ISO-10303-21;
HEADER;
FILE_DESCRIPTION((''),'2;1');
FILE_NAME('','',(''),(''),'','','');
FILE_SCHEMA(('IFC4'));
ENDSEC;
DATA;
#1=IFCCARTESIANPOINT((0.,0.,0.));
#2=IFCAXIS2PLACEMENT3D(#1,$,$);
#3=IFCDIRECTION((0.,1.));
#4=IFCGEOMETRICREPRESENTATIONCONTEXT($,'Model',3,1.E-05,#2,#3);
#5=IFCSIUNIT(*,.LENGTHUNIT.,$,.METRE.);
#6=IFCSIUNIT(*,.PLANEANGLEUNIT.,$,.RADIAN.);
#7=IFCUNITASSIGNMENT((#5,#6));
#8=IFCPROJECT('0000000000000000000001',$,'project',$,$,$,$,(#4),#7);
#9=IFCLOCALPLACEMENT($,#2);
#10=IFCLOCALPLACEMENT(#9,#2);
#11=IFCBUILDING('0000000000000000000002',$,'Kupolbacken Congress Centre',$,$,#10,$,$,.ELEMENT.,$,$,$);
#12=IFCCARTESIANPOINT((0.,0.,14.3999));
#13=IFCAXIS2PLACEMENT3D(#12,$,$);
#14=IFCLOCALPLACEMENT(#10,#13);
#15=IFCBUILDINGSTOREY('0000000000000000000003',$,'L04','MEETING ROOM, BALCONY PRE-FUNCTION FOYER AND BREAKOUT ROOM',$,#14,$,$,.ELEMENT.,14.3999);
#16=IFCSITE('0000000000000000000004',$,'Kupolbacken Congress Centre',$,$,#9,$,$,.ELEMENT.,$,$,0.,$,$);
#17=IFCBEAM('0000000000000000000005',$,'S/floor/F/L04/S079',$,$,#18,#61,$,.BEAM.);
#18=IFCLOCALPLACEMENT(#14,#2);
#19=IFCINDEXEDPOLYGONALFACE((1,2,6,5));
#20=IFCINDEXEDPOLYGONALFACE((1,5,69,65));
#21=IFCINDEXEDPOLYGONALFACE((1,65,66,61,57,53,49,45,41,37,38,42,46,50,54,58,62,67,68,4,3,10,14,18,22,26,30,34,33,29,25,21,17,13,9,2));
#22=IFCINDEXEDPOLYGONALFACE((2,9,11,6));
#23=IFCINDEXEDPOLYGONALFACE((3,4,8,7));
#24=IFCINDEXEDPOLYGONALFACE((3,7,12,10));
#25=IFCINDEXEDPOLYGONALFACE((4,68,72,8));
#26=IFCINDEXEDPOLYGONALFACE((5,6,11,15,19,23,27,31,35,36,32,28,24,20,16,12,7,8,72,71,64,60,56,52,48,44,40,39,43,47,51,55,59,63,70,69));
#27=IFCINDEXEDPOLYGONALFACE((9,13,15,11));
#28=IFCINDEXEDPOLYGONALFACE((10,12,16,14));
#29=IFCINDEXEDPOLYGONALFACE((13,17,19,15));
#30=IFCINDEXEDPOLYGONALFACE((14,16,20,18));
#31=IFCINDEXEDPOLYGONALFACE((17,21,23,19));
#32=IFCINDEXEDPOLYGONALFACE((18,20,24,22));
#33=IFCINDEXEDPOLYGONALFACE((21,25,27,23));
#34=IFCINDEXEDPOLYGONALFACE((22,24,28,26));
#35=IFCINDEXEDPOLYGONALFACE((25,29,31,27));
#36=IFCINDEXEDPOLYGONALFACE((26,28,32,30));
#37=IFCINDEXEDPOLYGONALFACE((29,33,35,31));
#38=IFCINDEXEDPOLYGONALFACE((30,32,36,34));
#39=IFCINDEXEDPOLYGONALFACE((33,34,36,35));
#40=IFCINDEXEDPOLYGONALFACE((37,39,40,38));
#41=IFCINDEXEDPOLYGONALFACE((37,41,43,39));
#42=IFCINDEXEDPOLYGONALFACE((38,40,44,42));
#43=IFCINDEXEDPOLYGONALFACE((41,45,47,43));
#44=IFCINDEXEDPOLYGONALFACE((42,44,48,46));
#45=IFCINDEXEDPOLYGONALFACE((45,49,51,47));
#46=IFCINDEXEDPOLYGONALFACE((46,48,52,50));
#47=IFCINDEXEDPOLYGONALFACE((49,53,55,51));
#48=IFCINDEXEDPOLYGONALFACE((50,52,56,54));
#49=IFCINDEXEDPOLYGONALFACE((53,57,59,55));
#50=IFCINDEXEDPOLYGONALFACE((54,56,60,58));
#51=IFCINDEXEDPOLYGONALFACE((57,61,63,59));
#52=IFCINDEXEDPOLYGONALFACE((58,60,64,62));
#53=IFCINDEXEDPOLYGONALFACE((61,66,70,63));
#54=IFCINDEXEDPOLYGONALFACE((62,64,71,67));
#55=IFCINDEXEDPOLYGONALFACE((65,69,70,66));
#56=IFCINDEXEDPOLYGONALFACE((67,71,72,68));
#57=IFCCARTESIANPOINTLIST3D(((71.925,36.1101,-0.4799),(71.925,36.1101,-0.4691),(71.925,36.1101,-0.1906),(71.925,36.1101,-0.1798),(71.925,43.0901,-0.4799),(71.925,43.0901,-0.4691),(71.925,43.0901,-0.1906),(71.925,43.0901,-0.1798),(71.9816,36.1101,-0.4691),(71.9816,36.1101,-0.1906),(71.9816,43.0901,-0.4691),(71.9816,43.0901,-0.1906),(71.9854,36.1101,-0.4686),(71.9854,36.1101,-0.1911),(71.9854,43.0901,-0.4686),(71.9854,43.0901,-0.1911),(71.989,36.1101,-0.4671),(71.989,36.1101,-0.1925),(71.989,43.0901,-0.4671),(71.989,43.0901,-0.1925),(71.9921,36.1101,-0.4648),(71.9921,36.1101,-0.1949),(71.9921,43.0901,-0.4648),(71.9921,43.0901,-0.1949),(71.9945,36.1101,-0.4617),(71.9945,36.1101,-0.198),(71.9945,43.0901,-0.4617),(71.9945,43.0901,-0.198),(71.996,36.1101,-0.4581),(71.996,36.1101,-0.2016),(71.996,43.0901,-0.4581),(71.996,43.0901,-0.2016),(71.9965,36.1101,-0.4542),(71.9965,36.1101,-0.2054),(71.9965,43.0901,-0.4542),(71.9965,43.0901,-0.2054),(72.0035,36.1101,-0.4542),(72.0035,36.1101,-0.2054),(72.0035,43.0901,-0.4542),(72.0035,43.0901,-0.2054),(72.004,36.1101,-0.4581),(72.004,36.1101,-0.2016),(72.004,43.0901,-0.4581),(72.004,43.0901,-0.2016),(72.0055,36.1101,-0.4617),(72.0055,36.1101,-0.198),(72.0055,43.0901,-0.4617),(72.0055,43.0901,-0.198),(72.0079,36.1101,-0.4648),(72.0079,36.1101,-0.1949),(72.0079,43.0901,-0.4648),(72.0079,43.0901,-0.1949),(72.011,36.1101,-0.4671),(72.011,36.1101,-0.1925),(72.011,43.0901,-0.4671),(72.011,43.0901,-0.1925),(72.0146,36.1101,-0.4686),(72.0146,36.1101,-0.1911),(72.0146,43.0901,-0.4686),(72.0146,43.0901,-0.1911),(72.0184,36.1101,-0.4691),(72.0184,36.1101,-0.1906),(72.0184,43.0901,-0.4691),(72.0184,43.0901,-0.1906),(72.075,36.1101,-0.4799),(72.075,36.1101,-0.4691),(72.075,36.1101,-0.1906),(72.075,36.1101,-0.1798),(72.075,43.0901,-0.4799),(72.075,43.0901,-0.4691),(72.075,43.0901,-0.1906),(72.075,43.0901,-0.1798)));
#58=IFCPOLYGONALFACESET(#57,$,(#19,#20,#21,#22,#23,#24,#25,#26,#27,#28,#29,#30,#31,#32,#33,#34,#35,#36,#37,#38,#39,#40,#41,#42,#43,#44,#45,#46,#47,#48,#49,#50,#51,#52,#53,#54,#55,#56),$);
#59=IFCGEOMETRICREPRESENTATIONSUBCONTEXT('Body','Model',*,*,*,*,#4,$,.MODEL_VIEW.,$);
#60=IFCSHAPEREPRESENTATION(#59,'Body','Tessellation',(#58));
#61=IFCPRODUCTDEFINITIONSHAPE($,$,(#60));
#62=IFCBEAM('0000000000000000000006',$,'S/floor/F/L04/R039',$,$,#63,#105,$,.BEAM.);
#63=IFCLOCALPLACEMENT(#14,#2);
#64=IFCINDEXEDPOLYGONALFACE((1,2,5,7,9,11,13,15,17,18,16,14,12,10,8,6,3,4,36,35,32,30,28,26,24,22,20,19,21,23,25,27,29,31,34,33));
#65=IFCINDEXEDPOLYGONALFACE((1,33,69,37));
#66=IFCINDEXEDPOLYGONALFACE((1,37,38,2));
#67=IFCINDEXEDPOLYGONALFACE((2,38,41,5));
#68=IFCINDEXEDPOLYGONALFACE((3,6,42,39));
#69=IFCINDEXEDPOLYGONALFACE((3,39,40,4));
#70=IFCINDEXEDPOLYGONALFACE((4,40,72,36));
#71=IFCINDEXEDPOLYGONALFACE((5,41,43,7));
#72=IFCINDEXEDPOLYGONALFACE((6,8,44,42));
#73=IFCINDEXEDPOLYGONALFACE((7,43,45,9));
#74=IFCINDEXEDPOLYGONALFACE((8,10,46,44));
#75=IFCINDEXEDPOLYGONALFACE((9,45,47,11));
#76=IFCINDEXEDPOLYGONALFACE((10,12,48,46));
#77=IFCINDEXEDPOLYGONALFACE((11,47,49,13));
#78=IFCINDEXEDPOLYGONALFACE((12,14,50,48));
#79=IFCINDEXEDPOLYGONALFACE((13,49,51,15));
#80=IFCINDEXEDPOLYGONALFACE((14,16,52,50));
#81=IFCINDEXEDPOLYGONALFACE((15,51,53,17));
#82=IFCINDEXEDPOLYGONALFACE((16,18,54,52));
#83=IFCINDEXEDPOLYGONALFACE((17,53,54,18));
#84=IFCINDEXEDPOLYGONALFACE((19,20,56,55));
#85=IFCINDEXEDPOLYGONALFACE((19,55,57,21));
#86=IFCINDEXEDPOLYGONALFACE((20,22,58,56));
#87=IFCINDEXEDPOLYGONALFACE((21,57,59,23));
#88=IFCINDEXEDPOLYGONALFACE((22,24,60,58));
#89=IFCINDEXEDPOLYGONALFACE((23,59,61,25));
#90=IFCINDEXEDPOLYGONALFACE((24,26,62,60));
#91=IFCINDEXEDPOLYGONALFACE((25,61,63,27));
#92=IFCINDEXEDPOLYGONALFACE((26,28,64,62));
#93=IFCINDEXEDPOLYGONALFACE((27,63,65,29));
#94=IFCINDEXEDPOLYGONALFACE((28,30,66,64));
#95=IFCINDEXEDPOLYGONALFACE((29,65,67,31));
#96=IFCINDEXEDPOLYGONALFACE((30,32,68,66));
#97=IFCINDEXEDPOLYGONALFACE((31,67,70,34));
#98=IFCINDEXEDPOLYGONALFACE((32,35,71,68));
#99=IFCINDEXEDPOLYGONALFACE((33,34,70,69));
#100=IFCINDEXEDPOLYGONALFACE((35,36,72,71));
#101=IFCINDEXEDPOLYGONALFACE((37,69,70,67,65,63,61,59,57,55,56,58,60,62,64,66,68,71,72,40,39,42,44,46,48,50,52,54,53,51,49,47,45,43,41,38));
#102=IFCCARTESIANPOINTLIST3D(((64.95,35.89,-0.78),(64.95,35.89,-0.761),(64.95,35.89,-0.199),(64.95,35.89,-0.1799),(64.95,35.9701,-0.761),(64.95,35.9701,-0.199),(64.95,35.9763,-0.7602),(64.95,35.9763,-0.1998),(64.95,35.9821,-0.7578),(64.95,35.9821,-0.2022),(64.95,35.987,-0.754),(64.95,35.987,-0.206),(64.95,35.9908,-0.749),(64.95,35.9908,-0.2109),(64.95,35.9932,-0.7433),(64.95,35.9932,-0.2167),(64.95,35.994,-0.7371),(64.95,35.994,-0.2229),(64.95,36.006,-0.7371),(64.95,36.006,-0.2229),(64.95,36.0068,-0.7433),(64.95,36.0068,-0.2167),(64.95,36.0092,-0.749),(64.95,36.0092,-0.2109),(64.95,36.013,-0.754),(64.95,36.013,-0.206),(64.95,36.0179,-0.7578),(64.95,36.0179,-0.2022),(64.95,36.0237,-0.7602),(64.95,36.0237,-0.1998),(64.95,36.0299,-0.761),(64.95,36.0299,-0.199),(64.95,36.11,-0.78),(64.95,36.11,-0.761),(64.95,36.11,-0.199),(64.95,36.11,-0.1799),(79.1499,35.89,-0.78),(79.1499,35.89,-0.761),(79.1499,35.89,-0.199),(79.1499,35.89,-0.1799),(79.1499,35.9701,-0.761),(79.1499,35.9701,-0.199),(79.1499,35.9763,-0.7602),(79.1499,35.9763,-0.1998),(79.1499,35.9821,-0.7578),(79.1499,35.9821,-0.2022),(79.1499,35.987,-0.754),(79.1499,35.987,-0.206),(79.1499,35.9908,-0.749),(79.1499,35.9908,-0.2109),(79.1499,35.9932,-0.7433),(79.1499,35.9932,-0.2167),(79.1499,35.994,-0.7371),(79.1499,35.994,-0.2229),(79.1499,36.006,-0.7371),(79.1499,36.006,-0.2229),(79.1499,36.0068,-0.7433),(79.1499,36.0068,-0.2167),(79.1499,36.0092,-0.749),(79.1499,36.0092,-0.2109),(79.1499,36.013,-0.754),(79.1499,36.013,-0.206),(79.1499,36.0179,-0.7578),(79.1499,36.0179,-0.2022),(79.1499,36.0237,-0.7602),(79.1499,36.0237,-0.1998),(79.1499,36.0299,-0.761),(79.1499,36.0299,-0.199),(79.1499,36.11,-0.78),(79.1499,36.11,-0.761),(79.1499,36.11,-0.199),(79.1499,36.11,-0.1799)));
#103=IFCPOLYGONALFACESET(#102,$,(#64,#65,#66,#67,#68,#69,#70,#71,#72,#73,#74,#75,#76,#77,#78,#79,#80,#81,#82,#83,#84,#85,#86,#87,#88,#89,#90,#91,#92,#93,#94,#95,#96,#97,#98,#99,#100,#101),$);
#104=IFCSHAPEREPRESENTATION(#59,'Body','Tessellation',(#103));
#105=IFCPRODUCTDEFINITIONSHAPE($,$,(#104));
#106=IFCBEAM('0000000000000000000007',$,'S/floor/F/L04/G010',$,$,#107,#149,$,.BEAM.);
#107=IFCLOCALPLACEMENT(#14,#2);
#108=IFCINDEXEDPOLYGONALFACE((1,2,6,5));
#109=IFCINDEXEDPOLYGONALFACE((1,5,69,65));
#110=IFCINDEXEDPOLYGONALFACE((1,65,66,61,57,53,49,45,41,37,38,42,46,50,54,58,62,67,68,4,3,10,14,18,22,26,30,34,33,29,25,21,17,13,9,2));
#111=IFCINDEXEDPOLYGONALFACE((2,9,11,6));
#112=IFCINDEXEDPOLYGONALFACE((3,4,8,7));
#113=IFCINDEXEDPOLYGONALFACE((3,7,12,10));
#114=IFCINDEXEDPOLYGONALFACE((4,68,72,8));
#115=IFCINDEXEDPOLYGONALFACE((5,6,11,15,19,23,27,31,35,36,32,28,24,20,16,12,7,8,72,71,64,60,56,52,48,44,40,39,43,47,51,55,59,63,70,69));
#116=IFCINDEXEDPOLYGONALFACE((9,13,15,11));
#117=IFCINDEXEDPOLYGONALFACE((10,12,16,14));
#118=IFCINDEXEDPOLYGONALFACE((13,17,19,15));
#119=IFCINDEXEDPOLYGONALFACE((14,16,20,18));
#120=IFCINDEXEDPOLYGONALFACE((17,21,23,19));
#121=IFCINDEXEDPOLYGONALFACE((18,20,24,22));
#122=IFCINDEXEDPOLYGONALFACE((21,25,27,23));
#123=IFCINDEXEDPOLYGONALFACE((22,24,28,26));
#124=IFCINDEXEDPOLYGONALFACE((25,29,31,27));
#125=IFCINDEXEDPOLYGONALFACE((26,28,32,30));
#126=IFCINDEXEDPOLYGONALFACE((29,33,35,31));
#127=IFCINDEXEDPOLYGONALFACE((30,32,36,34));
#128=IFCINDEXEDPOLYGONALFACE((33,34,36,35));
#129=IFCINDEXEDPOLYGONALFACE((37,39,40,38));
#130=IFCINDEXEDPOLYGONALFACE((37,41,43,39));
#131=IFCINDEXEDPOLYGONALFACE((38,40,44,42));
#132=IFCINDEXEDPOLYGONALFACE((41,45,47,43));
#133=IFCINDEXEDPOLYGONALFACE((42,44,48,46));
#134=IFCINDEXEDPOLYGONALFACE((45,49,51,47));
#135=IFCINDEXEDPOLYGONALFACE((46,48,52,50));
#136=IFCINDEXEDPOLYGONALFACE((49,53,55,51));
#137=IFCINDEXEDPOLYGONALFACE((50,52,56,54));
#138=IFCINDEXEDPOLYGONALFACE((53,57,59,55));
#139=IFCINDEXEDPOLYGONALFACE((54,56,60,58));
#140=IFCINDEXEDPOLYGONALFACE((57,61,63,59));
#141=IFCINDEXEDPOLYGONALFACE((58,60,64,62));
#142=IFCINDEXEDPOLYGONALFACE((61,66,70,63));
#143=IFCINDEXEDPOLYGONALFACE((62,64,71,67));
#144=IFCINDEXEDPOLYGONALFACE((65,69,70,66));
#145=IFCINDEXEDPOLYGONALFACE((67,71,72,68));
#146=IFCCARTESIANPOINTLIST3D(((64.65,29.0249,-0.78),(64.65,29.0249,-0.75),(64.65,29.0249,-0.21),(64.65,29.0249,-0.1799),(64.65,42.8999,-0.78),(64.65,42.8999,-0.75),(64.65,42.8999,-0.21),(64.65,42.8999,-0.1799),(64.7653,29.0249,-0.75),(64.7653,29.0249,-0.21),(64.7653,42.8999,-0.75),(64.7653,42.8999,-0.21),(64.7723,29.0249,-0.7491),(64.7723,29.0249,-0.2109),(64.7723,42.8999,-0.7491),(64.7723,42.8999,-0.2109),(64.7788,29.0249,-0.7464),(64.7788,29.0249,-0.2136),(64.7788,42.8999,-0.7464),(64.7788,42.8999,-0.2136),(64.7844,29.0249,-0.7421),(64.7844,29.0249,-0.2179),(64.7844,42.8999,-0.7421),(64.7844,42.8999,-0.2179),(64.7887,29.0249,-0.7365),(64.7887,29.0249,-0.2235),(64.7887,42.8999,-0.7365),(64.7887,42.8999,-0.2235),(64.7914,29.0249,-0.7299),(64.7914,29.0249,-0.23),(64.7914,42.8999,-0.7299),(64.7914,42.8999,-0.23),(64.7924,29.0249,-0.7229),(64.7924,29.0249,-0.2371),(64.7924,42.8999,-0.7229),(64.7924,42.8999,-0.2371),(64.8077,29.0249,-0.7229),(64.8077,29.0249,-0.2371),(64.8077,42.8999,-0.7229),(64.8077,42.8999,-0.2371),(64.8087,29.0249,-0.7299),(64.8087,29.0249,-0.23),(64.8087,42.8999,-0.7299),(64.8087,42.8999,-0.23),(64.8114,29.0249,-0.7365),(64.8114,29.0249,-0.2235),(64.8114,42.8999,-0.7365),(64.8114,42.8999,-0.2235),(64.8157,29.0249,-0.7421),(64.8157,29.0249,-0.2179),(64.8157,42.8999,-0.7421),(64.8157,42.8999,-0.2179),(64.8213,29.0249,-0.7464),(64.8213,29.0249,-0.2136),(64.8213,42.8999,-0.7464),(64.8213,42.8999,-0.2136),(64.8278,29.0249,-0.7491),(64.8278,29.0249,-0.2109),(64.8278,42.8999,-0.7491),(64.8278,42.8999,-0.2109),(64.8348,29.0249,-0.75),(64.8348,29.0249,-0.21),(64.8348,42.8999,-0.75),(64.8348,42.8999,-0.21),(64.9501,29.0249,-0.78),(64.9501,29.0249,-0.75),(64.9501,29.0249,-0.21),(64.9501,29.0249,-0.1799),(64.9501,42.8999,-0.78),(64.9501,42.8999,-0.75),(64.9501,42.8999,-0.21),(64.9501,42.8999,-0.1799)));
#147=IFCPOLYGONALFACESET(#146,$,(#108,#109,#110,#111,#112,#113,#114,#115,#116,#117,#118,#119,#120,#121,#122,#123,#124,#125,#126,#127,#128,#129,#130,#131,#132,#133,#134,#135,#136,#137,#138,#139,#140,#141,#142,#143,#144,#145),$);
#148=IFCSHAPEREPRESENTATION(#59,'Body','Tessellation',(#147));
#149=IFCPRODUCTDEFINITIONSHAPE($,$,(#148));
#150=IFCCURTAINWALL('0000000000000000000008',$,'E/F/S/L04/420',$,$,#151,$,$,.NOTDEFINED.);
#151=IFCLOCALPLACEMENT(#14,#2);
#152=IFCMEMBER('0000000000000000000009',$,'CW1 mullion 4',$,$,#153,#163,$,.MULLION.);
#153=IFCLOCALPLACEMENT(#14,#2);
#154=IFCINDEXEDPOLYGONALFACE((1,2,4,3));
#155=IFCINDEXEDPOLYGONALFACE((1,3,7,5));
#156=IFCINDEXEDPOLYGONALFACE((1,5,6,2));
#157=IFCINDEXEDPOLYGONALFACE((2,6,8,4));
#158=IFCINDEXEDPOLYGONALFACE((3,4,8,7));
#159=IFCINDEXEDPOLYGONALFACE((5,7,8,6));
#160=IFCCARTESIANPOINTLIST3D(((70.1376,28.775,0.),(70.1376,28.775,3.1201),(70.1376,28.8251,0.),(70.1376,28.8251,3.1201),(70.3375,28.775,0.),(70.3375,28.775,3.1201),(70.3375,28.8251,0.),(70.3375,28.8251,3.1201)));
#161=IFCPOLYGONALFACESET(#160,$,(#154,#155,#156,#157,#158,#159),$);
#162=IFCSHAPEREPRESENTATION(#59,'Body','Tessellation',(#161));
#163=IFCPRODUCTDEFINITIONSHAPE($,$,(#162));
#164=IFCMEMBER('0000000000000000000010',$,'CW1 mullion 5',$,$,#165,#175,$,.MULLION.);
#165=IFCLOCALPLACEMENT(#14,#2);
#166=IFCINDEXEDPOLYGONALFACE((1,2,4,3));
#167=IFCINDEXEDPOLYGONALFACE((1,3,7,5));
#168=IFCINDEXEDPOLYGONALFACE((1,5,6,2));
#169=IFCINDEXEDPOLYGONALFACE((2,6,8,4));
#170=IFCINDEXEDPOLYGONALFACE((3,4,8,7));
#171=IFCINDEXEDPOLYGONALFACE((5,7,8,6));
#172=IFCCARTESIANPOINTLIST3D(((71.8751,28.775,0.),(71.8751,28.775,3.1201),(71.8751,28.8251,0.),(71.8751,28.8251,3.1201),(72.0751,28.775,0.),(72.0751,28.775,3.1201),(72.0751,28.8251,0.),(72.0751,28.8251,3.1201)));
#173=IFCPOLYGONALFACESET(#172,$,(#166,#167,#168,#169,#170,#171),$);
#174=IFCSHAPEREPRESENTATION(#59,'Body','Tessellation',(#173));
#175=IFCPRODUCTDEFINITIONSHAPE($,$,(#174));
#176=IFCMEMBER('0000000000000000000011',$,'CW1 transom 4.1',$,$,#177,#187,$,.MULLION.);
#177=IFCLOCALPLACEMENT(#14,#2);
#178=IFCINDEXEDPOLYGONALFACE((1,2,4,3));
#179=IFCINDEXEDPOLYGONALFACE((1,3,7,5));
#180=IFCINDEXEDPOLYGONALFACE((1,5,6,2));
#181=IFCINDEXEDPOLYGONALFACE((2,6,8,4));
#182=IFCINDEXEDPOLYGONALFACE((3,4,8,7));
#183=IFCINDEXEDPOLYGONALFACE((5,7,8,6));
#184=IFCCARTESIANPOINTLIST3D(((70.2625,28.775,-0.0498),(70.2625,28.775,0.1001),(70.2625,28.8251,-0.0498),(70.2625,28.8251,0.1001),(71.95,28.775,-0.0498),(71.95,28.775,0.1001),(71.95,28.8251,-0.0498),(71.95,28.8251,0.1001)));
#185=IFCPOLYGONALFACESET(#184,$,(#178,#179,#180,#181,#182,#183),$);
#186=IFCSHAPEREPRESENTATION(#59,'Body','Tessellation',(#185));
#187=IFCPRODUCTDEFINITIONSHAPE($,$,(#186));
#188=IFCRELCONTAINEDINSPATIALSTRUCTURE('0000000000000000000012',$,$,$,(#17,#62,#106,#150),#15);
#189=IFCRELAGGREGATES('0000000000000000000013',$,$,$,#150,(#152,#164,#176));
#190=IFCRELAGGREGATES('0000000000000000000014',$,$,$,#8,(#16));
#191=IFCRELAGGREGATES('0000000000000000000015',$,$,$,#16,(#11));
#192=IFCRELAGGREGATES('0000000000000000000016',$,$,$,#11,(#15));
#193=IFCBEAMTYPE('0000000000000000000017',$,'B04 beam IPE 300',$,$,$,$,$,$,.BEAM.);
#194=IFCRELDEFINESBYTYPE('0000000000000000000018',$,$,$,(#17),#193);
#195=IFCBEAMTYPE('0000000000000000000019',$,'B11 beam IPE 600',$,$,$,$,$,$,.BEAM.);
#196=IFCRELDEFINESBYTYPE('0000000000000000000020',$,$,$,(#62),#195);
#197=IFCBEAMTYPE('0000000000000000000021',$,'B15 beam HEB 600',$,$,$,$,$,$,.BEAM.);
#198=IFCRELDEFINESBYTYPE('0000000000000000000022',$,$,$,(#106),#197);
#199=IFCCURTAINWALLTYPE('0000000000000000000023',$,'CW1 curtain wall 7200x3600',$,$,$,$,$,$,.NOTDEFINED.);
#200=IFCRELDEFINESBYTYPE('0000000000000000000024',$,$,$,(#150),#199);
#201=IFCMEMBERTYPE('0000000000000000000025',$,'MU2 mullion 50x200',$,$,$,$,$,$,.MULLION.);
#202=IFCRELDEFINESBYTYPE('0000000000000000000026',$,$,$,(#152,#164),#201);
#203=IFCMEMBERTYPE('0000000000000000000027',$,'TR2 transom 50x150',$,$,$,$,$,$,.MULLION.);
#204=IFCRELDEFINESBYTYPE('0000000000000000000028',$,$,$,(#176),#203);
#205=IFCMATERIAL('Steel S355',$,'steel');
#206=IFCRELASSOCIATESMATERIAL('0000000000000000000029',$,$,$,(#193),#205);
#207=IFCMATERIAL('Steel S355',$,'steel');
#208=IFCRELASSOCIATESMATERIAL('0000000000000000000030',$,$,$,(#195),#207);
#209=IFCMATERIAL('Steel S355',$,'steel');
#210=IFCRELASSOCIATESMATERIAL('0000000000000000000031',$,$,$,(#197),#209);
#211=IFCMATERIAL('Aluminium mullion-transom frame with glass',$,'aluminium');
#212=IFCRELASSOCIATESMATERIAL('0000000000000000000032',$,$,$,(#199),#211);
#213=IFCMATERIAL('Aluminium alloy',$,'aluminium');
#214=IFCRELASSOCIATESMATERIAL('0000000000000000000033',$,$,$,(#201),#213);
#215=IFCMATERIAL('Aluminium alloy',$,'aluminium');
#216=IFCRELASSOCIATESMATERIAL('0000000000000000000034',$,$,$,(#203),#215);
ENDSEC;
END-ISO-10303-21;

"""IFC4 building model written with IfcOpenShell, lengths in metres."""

from ifc_helpers import new_model, si_unit, direction, frame, origin, origin_2d, place, context, subcontext, project, spatial, rectangle, i_section, extrude, material, material_profile, profile_set, type_object, element, aggregate, save


model = new_model("IFC4")

# Units and contexts
model_context = context("Model", 3, precision=1e-05, world=origin(), true_north=direction((0.0, 1.0)))
body_context = subcontext(model_context, "Body", "Model", "MODEL_VIEW")
ifc_project = project(units=[si_unit("LENGTHUNIT", "METRE"), si_unit("PLANEANGLEUNIT", "RADIAN")], contexts=[model_context])

# Site, building, storey
site_placement = place(None, origin())
site = spatial("IfcSite", under=ifc_project, at=site_placement, Name="Kupolbacken Congress Centre", CompositionType="ELEMENT", RefElevation=0.0)
building_placement = place(site_placement, origin())
building = spatial("IfcBuilding", under=site, at=building_placement, Name="Kupolbacken Congress Centre", CompositionType="ELEMENT")
storey_placement = place(building_placement, frame((0.0, 0.0, 14.3999)))
storey = spatial("IfcBuildingStorey", under=building, at=storey_placement, Name="L04", Description="MEETING ROOM, BALCONY PRE-FUNCTION FOYER AND BREAKOUT ROOM", CompositionType="ELEMENT", Elevation=14.3999)

# Beams
ifc_material_1 = material(Name="Steel S355", Category="steel")
ifc_material_profile_1 = material_profile(ifc_material_1, i_section(OverallWidth=0.1499, OverallDepth=0.3, WebThickness=0.0071, FlangeThickness=0.0107, FilletRadius=0.0149, at=origin_2d()), Name="IPE 300")
ifc_profile_set_1 = profile_set([ifc_material_profile_1], Name="Steel S355")
beam_type_1 = type_object("IfcBeamType", Name="B04 beam IPE 300", PredefinedType="BEAM", material=ifc_profile_set_1)
for number, where, z_axis, x_axis, name in (
    (1, (72.0, 36.1101, -0.3298), (0.0, 1.0, 0.0), (-1.0, 0.0, 0.0), "S/floor/F/L04/S079"),
):
    element("IfcBeam", number, at=place(storey_placement, frame(where, z_axis=z_axis, x_axis=x_axis)), inside=storey, type_object=beam_type_1, Name=name, PredefinedType="BEAM", context=body_context, shape_type="SweptSolid", body=[
        extrude(i_section(OverallWidth=0.1499, OverallDepth=0.3, WebThickness=0.0071, FlangeThickness=0.0107, FilletRadius=0.0149, at=origin_2d()), origin(), (0.0, 0.0, 1.0), 6.98),
    ])
ifc_material_2 = material(Name="Steel S355", Category="steel")
ifc_material_profile_2 = material_profile(ifc_material_2, i_section(OverallWidth=0.22, OverallDepth=0.6001, WebThickness=0.012, FlangeThickness=0.019, FilletRadius=0.0239, at=origin_2d()), Name="IPE 600")
ifc_profile_set_2 = profile_set([ifc_material_profile_2], Name="Steel S355")
beam_type_2 = type_object("IfcBeamType", Name="B11 beam IPE 600", PredefinedType="BEAM", material=ifc_profile_set_2)
beam_1_placement = place(storey_placement, frame((64.95, 36.0, -0.48), z_axis=(1.0, 0.0, 0.0), x_axis=(0.0, 1.0, 0.0)))
element("IfcBeam", 2, at=beam_1_placement, inside=storey, type_object=beam_type_2, Name="S/floor/F/L04/R039", PredefinedType="BEAM", context=body_context, shape_type="SweptSolid", body=[
    extrude(i_section(OverallWidth=0.22, OverallDepth=0.6001, WebThickness=0.012, FlangeThickness=0.019, FilletRadius=0.0239, at=origin_2d()), origin(), (0.0, 0.0, 1.0), 14.2),
])
ifc_material_3 = material(Name="Steel S355", Category="steel")
ifc_material_profile_3 = material_profile(ifc_material_3, i_section(OverallWidth=0.3, OverallDepth=0.6001, WebThickness=0.0154, FlangeThickness=0.03, FilletRadius=0.0271, at=origin_2d()), Name="HEB 600")
ifc_profile_set_3 = profile_set([ifc_material_profile_3], Name="Steel S355")
beam_type_3 = type_object("IfcBeamType", Name="B15 beam HEB 600", PredefinedType="BEAM", material=ifc_profile_set_3)
beam_2_placement = place(storey_placement, frame((64.8, 29.0249, -0.48), z_axis=(0.0, 1.0, 0.0), x_axis=(-1.0, 0.0, 0.0)))
element("IfcBeam", 3, at=beam_2_placement, inside=storey, type_object=beam_type_3, Name="S/floor/F/L04/G010", PredefinedType="BEAM", context=body_context, shape_type="SweptSolid", body=[
    extrude(i_section(OverallWidth=0.3, OverallDepth=0.6001, WebThickness=0.0154, FlangeThickness=0.03, FilletRadius=0.0271, at=origin_2d()), origin(), (0.0, 0.0, 1.0), 13.875),
])

# Curtain wall, members
ifc_material_4 = material(Name="Aluminium mullion-transom frame with glass", Category="aluminium")
curtain_wall_type = type_object("IfcCurtainWallType", Name="CW1 curtain wall 7200x3600", PredefinedType="NOTDEFINED", material=ifc_material_4)
curtain_wall_placement = place(storey_placement, origin())
curtain_wall = element("IfcCurtainWall", 4, at=curtain_wall_placement, inside=storey, type_object=curtain_wall_type, Name="E/F/S/L04/420", PredefinedType="NOTDEFINED")
ifc_material_5 = material(Name="Aluminium alloy", Category="aluminium")
ifc_material_profile_4 = material_profile(ifc_material_5, rectangle(XDim=0.05, YDim=0.2, at=origin_2d()), Name="50 x 200")
ifc_profile_set_4 = profile_set([ifc_material_profile_4], Name="Aluminium alloy")
member_type_1 = type_object("IfcMemberType", Name="MU2 mullion 50x200", PredefinedType="MULLION", material=ifc_profile_set_4)
member_1_placement = place(storey_placement, frame((70.2375, 28.8, 0.0), z_axis=(0.0, 0.0, 1.0), x_axis=(0.0, 1.0, 0.0)))
member_1 = element("IfcMember", 5, at=member_1_placement, type_object=member_type_1, Name="CW1 mullion 4", PredefinedType="MULLION", context=body_context, shape_type="SweptSolid", body=[
    extrude(rectangle(XDim=0.05, YDim=0.2, at=origin_2d()), origin(), (0.0, 0.0, 1.0), 3.1201),
])
member_2_placement = place(storey_placement, frame((71.9751, 28.8, 0.0), z_axis=(0.0, 0.0, 1.0), x_axis=(0.0, 1.0, 0.0)))
member_2 = element("IfcMember", 6, at=member_2_placement, type_object=member_type_1, Name="CW1 mullion 5", PredefinedType="MULLION", context=body_context, shape_type="SweptSolid", body=[
    extrude(rectangle(XDim=0.05, YDim=0.2, at=origin_2d()), origin(), (0.0, 0.0, 1.0), 3.1201),
])
ifc_material_6 = material(Name="Aluminium alloy", Category="aluminium")
ifc_material_profile_5 = material_profile(ifc_material_6, rectangle(XDim=0.05, YDim=0.1499, at=origin_2d()), Name="50 x 150")
ifc_profile_set_5 = profile_set([ifc_material_profile_5], Name="Aluminium alloy")
member_type_2 = type_object("IfcMemberType", Name="TR2 transom 50x150", PredefinedType="MULLION", material=ifc_profile_set_5)
member_3_placement = place(storey_placement, frame((70.2625, 28.8, 0.0251), z_axis=(1.0, 0.0, 0.0), x_axis=(0.0, 1.0, 0.0)))
member_3 = element("IfcMember", 7, at=member_3_placement, type_object=member_type_2, Name="CW1 transom 4.1", PredefinedType="MULLION", context=body_context, shape_type="SweptSolid", body=[
    extrude(rectangle(XDim=0.05, YDim=0.1499, at=origin_2d()), origin(), (0.0, 0.0, 1.0), 1.6875),
])
aggregate(curtain_wall, [member_1, member_2, member_3])

save(model, "model.ifc")
